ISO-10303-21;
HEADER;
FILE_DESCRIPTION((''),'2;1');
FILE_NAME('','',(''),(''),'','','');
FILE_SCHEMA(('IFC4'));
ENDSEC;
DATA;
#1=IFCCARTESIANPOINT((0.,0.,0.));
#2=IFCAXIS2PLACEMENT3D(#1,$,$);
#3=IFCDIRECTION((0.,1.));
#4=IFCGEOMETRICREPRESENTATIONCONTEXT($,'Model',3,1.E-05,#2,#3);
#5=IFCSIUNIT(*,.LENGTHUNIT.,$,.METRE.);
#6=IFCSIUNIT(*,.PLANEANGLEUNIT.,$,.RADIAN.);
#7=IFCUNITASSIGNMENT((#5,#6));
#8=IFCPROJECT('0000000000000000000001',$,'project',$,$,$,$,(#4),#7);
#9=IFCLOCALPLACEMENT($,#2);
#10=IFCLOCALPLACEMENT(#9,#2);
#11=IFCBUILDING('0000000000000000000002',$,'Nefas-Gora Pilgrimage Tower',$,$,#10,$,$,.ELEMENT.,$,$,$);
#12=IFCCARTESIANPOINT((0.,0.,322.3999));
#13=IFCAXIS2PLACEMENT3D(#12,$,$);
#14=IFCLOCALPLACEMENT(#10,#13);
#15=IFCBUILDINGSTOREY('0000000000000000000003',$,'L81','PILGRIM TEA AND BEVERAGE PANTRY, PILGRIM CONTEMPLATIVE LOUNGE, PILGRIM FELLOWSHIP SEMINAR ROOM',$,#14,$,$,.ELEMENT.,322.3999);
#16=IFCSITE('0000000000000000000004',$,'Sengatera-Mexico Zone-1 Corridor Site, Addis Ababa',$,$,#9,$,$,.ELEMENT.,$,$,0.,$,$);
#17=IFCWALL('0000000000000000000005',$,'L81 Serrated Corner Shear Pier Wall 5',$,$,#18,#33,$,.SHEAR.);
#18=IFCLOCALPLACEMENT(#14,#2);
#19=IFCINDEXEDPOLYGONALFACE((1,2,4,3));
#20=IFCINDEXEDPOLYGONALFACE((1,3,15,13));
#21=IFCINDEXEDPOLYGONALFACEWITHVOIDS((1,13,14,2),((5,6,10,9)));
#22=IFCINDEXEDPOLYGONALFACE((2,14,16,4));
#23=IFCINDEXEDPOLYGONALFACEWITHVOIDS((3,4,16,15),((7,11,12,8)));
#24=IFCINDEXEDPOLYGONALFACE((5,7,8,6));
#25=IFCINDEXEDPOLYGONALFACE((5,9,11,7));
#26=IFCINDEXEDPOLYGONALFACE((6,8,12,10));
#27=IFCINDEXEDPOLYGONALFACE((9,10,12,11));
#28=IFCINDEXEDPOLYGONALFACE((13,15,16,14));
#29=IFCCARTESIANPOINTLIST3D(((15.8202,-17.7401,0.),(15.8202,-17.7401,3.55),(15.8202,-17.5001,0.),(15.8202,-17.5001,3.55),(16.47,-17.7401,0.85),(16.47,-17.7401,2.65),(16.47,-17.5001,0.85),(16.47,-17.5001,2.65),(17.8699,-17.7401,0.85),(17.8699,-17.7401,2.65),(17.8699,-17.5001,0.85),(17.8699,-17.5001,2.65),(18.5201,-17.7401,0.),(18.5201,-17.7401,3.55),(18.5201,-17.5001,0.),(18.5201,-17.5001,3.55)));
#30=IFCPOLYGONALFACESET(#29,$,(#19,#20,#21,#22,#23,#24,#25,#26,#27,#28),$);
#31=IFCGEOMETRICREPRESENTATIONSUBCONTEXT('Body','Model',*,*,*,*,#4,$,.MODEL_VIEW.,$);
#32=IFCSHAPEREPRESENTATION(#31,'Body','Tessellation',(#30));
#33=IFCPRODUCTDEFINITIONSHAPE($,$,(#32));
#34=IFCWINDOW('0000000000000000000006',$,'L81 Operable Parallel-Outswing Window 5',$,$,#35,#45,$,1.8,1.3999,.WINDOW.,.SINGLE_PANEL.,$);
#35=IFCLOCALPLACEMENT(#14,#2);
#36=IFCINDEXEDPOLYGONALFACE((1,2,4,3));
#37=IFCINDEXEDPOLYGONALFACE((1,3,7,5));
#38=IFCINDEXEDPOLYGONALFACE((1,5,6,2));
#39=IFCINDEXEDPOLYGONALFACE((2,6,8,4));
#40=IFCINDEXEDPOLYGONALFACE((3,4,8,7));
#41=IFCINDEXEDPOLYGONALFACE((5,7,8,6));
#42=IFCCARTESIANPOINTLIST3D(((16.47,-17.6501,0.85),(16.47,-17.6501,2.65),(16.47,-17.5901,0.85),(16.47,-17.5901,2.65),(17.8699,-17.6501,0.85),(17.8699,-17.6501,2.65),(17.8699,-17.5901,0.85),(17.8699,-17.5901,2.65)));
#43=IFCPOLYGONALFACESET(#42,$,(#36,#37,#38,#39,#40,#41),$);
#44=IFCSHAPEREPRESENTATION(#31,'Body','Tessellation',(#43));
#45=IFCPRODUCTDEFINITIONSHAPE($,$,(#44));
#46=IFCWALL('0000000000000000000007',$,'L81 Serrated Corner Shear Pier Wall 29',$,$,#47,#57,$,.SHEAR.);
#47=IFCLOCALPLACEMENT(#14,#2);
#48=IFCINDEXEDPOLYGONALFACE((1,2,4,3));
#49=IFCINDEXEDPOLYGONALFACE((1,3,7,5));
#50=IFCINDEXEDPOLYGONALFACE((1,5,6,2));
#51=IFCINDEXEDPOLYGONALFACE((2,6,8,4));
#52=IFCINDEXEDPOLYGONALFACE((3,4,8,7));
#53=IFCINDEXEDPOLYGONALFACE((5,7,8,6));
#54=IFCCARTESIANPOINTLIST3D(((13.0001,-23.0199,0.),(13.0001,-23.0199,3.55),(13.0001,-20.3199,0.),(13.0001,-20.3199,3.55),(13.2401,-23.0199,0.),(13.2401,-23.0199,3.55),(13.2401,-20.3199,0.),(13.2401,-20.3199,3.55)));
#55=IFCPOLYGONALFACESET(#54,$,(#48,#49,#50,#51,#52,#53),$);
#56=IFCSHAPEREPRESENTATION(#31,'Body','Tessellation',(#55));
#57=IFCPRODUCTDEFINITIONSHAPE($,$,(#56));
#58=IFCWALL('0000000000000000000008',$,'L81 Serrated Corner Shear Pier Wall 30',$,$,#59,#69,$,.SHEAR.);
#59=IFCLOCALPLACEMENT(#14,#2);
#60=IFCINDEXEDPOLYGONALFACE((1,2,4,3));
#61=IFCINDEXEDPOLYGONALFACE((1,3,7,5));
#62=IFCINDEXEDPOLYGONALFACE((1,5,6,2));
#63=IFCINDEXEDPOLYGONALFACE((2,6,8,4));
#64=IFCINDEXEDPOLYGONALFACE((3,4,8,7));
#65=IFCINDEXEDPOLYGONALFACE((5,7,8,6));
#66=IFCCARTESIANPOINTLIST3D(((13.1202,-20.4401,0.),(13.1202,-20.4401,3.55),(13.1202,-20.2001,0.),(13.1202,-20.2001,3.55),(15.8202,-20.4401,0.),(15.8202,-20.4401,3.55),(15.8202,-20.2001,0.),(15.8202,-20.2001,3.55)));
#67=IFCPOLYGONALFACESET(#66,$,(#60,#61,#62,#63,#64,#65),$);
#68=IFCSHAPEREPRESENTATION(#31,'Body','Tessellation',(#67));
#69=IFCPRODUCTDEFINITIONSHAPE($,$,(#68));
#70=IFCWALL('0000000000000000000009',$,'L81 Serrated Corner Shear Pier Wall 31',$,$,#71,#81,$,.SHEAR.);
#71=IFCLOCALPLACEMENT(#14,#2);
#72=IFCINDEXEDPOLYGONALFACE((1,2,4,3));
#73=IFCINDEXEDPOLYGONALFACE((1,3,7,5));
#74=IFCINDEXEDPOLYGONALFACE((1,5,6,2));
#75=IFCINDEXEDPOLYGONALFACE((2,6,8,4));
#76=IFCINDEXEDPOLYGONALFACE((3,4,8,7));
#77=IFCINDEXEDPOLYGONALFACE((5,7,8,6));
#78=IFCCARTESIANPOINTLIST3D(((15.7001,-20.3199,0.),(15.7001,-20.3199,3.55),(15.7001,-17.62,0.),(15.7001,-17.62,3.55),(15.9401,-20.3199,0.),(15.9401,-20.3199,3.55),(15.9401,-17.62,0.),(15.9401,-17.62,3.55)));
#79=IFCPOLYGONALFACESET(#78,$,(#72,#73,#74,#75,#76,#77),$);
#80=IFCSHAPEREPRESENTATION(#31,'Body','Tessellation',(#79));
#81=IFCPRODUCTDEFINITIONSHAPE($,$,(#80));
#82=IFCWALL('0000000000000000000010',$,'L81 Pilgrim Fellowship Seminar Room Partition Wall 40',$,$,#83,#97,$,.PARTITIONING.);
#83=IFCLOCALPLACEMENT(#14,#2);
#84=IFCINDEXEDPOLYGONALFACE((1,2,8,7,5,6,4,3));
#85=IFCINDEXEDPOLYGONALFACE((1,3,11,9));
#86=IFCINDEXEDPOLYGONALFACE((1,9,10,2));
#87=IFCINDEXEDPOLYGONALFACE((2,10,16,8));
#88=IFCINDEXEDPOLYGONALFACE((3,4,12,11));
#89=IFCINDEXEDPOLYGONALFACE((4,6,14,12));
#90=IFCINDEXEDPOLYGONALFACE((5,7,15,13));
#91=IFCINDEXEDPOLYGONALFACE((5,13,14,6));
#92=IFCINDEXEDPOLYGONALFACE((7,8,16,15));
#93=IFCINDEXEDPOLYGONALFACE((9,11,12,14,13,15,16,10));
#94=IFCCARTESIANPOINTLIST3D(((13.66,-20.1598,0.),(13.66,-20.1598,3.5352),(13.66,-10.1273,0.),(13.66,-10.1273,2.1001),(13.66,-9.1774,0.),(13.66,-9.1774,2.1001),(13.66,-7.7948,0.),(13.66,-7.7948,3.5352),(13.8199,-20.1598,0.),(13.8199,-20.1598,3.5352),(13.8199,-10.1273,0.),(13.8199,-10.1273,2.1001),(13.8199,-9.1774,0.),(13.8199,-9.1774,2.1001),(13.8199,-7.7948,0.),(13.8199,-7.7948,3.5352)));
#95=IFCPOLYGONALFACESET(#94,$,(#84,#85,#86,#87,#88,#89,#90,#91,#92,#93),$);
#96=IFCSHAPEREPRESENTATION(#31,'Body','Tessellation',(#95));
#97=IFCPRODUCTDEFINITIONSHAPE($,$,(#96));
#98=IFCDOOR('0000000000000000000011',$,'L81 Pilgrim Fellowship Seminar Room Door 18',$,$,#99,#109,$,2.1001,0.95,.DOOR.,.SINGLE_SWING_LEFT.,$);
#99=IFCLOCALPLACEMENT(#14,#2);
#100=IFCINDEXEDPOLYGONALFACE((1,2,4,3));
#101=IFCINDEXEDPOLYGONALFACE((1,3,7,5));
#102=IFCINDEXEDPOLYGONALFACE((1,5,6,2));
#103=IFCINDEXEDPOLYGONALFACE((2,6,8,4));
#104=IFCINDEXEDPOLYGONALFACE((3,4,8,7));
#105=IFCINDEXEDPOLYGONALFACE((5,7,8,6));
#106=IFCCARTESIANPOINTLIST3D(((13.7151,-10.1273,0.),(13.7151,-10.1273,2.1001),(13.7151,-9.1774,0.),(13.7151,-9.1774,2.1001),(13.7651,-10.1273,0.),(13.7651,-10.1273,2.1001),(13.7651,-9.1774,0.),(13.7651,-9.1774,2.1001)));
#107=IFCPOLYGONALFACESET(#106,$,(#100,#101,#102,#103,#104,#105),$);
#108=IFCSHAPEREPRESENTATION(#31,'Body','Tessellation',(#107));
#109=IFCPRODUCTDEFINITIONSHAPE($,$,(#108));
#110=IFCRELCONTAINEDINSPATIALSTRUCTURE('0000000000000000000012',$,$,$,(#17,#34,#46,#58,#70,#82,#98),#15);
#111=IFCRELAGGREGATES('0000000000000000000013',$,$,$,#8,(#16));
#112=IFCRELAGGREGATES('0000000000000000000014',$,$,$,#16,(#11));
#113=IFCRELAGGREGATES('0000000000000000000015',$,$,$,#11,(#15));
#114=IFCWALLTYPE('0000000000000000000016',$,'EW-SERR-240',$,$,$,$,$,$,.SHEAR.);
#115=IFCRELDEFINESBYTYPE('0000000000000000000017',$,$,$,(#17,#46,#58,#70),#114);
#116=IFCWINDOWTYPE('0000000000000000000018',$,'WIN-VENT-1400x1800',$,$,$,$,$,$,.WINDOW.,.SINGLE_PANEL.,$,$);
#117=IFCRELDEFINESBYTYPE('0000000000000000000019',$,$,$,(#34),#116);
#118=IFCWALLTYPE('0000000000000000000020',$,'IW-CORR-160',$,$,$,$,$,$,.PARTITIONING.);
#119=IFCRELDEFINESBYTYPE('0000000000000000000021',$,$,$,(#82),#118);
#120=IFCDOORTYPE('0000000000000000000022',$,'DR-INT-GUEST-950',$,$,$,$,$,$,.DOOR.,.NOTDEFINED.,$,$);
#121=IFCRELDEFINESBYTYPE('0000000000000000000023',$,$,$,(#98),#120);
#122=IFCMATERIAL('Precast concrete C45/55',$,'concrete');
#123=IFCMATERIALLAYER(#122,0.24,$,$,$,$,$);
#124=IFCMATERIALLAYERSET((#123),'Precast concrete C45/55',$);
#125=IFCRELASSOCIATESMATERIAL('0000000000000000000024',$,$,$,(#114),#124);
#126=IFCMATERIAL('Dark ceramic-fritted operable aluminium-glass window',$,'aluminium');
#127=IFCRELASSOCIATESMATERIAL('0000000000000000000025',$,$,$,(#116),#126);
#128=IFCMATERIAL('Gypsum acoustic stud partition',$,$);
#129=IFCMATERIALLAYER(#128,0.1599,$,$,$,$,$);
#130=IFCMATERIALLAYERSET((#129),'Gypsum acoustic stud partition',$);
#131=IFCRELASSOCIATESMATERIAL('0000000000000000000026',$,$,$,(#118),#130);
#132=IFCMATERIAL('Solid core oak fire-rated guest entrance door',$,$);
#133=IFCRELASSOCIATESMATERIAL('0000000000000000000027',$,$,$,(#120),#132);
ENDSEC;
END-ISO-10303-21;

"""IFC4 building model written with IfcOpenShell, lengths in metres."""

from ifc_helpers import new_model, si_unit, direction, frame, frame_2d, origin, place, context, subcontext, project, spatial, rectangle, extrude, source, transform, mapped, material, layer, layer_set, type_object, element, fill, save


model = new_model("IFC4")

# Units and contexts
model_context = context("Model", 3, precision=1e-05, world=origin(), true_north=direction((0.0, 1.0)))
body_context = subcontext(model_context, "Body", "Model", "MODEL_VIEW")
ifc_project = project(units=[si_unit("LENGTHUNIT", "METRE"), si_unit("PLANEANGLEUNIT", "RADIAN")], contexts=[model_context])

# Site, building, storey
site_placement = place(None, origin())
site = spatial("IfcSite", under=ifc_project, at=site_placement, Name="Sengatera-Mexico Zone-1 Corridor Site, Addis Ababa", CompositionType="ELEMENT", RefElevation=0.0)
building_placement = place(site_placement, origin())
building = spatial("IfcBuilding", under=site, at=building_placement, Name="Nefas-Gora Pilgrimage Tower", CompositionType="ELEMENT")
storey_placement = place(building_placement, frame((0.0, 0.0, 322.3999)))
storey = spatial("IfcBuildingStorey", under=building, at=storey_placement, Name="L81", Description="PILGRIM TEA AND BEVERAGE PANTRY, PILGRIM CONTEMPLATIVE LOUNGE, PILGRIM FELLOWSHIP SEMINAR ROOM", CompositionType="ELEMENT", Elevation=322.3999)

# Shared definitions
ifc_material_1 = material(Name="Precast concrete C45/55", Category="concrete")
ifc_layer_1 = layer(ifc_material_1, 0.24)
ifc_layer_set_1 = layer_set([ifc_layer_1], Name="Precast concrete C45/55")
wall_type_1 = type_object("IfcWallType", Name="EW-SERR-240", PredefinedType="SHEAR", material=ifc_layer_set_1)

# Wall, opening, window
shared_shape_1 = source(origin(), body_context, "Body", "SweptSolid", [
    extrude(rectangle(XDim=2.7, YDim=0.24, at=frame_2d((1.3501, 0.0))), origin(), (0.0, 0.0, 1.0), 3.55),
])
wall_1_placement = place(storey_placement, frame((15.8201, -17.6201, 0.0), z_axis=(0.0, 0.0, 1.0), x_axis=(1.0, 0.0, 0.0)))
wall_1 = element("IfcWall", 1, at=wall_1_placement, inside=storey, type_object=wall_type_1, Name="L81 Serrated Corner Shear Pier Wall 5", PredefinedType="SHEAR", context=body_context, shape_type="MappedRepresentation", body=[
    mapped(shared_shape_1, transform((0.0, 0.0, 0.0), x_axis=(1.0, 0.0, 0.0), y_axis=(0.0, 1.0, 0.0), z_axis=(0.0, 0.0, 1.0), scale=1.0)),
])
opening_1_placement = place(wall_1_placement, frame((0.6499, 0.0, 0.8501)))
opening_1 = element("IfcOpeningElement", 2, at=opening_1_placement, cuts=wall_1, PredefinedType="OPENING", context=body_context, shape_type="SweptSolid", body=[
    extrude(rectangle(XDim=1.3999, YDim=1.8, at=frame_2d((0.7, 0.8999))), frame((0.0, 0.1299, 0.0), z_axis=(0.0, -1.0, 0.0), x_axis=(1.0, 0.0, 0.0)), (0.0, 0.0, 1.0), 0.26),
])
ifc_material_2 = material(Name="Dark ceramic-fritted operable aluminium-glass window", Category="aluminium")
window_type = type_object("IfcWindowType", Name="WIN-VENT-1400x1800", PartitioningType="SINGLE_PANEL", PredefinedType="WINDOW", material=ifc_material_2)
shared_shape_2 = source(origin(), body_context, "Body", "SweptSolid", [
    extrude(rectangle(XDim=1.3999, YDim=1.8, at=frame_2d((0.7, 0.8999))), frame((0.0, 0.03, 0.0), z_axis=(0.0, -1.0, 0.0), x_axis=(1.0, 0.0, 0.0)), (0.0, 0.0, 1.0), 0.0601),
])
window_placement = place(opening_1_placement, origin())
window = element("IfcWindow", 3, at=window_placement, inside=storey, type_object=window_type, Name="L81 Operable Parallel-Outswing Window 5", OverallHeight=1.8, OverallWidth=1.3999, PartitioningType="SINGLE_PANEL", PredefinedType="WINDOW", context=body_context, shape_type="MappedRepresentation", body=[
    mapped(shared_shape_2, transform((0.0, 0.0, 0.0), x_axis=(1.0, 0.0, 0.0), y_axis=(0.0, 1.0, 0.0), z_axis=(0.0, 0.0, 1.0), scale=1.0)),
])
fill(opening_1, window)

# Walls
for number, where, z_axis, x_axis, name in (
    (4, (13.1201, -23.02, 0.0), (0.0, 0.0, 1.0), (0.0, 1.0, 0.0), "L81 Serrated Corner Shear Pier Wall 29"),
    (5, (13.1201, -20.3201, 0.0), (0.0, 0.0, 1.0), (1.0, 0.0, 0.0), "L81 Serrated Corner Shear Pier Wall 30"),
    (6, (15.8201, -20.3201, 0.0), (0.0, 0.0, 1.0), (0.0, 1.0, 0.0), "L81 Serrated Corner Shear Pier Wall 31"),
):
    element("IfcWall", number, at=place(storey_placement, frame(where, z_axis=z_axis, x_axis=x_axis)), inside=storey, type_object=wall_type_1, Name=name, PredefinedType="SHEAR", context=body_context, shape_type="MappedRepresentation", body=[
        mapped(shared_shape_1, transform((0.0, 0.0, 0.0), x_axis=(1.0, 0.0, 0.0), y_axis=(0.0, 1.0, 0.0), z_axis=(0.0, 0.0, 1.0), scale=1.0)),
    ])

# Wall, opening, door
ifc_material_3 = material(Name="Gypsum acoustic stud partition")
ifc_layer_2 = layer(ifc_material_3, 0.1599)
ifc_layer_set_2 = layer_set([ifc_layer_2], Name="Gypsum acoustic stud partition")
wall_type_2 = type_object("IfcWallType", Name="IW-CORR-160", PredefinedType="PARTITIONING", material=ifc_layer_set_2)
shared_shape_3 = source(origin(), body_context, "Body", "SweptSolid", [
    extrude(rectangle(XDim=12.365, YDim=0.1599, at=frame_2d((6.1826, 0.0))), origin(), (0.0, 0.0, 1.0), 3.5352),
])
wall_2_placement = place(storey_placement, frame((13.74, -20.1599, 0.0), z_axis=(0.0, 0.0, 1.0), x_axis=(0.0, 1.0, 0.0)))
wall_2 = element("IfcWall", 7, at=wall_2_placement, inside=storey, type_object=wall_type_2, Name="L81 Pilgrim Fellowship Seminar Room Partition Wall 40", PredefinedType="PARTITIONING", context=body_context, shape_type="MappedRepresentation", body=[
    mapped(shared_shape_3, transform((0.0, 0.0, 0.0), x_axis=(1.0, 0.0, 0.0), y_axis=(0.0, 1.0, 0.0), z_axis=(0.0, 0.0, 1.0), scale=1.0)),
])
opening_2_placement = place(wall_2_placement, frame((10.0325, 0.0, 0.0)))
opening_2 = element("IfcOpeningElement", 8, at=opening_2_placement, cuts=wall_2, PredefinedType="OPENING", context=body_context, shape_type="SweptSolid", body=[
    extrude(rectangle(XDim=0.95, YDim=2.1001, at=frame_2d((0.4751, 1.05))), frame((0.0, 0.0898, 0.0), z_axis=(0.0, -1.0, 0.0), x_axis=(1.0, 0.0, 0.0)), (0.0, 0.0, 1.0), 0.1799),
])
ifc_material_4 = material(Name="Solid core oak fire-rated guest entrance door")
door_type = type_object("IfcDoorType", Name="DR-INT-GUEST-950", OperationType="NOTDEFINED", PredefinedType="DOOR", material=ifc_material_4)
shared_shape_4 = source(origin(), body_context, "Body", "SweptSolid", [
    extrude(rectangle(XDim=0.95, YDim=2.1001, at=frame_2d((0.4751, 1.05))), frame((0.0, 0.0249, 0.0), z_axis=(0.0, -1.0, 0.0), x_axis=(1.0, 0.0, 0.0)), (0.0, 0.0, 1.0), 0.05),
])
door_placement = place(opening_2_placement, origin())
door = element("IfcDoor", 9, at=door_placement, inside=storey, type_object=door_type, Name="L81 Pilgrim Fellowship Seminar Room Door 18", OperationType="SINGLE_SWING_LEFT", OverallHeight=2.1001, OverallWidth=0.95, PredefinedType="DOOR", context=body_context, shape_type="MappedRepresentation", body=[
    mapped(shared_shape_4, transform((0.0, 0.0, 0.0), x_axis=(1.0, 0.0, 0.0), y_axis=(0.0, 1.0, 0.0), z_axis=(0.0, 0.0, 1.0), scale=1.0)),
])
fill(opening_2, door)

save(model, "model.ifc")
